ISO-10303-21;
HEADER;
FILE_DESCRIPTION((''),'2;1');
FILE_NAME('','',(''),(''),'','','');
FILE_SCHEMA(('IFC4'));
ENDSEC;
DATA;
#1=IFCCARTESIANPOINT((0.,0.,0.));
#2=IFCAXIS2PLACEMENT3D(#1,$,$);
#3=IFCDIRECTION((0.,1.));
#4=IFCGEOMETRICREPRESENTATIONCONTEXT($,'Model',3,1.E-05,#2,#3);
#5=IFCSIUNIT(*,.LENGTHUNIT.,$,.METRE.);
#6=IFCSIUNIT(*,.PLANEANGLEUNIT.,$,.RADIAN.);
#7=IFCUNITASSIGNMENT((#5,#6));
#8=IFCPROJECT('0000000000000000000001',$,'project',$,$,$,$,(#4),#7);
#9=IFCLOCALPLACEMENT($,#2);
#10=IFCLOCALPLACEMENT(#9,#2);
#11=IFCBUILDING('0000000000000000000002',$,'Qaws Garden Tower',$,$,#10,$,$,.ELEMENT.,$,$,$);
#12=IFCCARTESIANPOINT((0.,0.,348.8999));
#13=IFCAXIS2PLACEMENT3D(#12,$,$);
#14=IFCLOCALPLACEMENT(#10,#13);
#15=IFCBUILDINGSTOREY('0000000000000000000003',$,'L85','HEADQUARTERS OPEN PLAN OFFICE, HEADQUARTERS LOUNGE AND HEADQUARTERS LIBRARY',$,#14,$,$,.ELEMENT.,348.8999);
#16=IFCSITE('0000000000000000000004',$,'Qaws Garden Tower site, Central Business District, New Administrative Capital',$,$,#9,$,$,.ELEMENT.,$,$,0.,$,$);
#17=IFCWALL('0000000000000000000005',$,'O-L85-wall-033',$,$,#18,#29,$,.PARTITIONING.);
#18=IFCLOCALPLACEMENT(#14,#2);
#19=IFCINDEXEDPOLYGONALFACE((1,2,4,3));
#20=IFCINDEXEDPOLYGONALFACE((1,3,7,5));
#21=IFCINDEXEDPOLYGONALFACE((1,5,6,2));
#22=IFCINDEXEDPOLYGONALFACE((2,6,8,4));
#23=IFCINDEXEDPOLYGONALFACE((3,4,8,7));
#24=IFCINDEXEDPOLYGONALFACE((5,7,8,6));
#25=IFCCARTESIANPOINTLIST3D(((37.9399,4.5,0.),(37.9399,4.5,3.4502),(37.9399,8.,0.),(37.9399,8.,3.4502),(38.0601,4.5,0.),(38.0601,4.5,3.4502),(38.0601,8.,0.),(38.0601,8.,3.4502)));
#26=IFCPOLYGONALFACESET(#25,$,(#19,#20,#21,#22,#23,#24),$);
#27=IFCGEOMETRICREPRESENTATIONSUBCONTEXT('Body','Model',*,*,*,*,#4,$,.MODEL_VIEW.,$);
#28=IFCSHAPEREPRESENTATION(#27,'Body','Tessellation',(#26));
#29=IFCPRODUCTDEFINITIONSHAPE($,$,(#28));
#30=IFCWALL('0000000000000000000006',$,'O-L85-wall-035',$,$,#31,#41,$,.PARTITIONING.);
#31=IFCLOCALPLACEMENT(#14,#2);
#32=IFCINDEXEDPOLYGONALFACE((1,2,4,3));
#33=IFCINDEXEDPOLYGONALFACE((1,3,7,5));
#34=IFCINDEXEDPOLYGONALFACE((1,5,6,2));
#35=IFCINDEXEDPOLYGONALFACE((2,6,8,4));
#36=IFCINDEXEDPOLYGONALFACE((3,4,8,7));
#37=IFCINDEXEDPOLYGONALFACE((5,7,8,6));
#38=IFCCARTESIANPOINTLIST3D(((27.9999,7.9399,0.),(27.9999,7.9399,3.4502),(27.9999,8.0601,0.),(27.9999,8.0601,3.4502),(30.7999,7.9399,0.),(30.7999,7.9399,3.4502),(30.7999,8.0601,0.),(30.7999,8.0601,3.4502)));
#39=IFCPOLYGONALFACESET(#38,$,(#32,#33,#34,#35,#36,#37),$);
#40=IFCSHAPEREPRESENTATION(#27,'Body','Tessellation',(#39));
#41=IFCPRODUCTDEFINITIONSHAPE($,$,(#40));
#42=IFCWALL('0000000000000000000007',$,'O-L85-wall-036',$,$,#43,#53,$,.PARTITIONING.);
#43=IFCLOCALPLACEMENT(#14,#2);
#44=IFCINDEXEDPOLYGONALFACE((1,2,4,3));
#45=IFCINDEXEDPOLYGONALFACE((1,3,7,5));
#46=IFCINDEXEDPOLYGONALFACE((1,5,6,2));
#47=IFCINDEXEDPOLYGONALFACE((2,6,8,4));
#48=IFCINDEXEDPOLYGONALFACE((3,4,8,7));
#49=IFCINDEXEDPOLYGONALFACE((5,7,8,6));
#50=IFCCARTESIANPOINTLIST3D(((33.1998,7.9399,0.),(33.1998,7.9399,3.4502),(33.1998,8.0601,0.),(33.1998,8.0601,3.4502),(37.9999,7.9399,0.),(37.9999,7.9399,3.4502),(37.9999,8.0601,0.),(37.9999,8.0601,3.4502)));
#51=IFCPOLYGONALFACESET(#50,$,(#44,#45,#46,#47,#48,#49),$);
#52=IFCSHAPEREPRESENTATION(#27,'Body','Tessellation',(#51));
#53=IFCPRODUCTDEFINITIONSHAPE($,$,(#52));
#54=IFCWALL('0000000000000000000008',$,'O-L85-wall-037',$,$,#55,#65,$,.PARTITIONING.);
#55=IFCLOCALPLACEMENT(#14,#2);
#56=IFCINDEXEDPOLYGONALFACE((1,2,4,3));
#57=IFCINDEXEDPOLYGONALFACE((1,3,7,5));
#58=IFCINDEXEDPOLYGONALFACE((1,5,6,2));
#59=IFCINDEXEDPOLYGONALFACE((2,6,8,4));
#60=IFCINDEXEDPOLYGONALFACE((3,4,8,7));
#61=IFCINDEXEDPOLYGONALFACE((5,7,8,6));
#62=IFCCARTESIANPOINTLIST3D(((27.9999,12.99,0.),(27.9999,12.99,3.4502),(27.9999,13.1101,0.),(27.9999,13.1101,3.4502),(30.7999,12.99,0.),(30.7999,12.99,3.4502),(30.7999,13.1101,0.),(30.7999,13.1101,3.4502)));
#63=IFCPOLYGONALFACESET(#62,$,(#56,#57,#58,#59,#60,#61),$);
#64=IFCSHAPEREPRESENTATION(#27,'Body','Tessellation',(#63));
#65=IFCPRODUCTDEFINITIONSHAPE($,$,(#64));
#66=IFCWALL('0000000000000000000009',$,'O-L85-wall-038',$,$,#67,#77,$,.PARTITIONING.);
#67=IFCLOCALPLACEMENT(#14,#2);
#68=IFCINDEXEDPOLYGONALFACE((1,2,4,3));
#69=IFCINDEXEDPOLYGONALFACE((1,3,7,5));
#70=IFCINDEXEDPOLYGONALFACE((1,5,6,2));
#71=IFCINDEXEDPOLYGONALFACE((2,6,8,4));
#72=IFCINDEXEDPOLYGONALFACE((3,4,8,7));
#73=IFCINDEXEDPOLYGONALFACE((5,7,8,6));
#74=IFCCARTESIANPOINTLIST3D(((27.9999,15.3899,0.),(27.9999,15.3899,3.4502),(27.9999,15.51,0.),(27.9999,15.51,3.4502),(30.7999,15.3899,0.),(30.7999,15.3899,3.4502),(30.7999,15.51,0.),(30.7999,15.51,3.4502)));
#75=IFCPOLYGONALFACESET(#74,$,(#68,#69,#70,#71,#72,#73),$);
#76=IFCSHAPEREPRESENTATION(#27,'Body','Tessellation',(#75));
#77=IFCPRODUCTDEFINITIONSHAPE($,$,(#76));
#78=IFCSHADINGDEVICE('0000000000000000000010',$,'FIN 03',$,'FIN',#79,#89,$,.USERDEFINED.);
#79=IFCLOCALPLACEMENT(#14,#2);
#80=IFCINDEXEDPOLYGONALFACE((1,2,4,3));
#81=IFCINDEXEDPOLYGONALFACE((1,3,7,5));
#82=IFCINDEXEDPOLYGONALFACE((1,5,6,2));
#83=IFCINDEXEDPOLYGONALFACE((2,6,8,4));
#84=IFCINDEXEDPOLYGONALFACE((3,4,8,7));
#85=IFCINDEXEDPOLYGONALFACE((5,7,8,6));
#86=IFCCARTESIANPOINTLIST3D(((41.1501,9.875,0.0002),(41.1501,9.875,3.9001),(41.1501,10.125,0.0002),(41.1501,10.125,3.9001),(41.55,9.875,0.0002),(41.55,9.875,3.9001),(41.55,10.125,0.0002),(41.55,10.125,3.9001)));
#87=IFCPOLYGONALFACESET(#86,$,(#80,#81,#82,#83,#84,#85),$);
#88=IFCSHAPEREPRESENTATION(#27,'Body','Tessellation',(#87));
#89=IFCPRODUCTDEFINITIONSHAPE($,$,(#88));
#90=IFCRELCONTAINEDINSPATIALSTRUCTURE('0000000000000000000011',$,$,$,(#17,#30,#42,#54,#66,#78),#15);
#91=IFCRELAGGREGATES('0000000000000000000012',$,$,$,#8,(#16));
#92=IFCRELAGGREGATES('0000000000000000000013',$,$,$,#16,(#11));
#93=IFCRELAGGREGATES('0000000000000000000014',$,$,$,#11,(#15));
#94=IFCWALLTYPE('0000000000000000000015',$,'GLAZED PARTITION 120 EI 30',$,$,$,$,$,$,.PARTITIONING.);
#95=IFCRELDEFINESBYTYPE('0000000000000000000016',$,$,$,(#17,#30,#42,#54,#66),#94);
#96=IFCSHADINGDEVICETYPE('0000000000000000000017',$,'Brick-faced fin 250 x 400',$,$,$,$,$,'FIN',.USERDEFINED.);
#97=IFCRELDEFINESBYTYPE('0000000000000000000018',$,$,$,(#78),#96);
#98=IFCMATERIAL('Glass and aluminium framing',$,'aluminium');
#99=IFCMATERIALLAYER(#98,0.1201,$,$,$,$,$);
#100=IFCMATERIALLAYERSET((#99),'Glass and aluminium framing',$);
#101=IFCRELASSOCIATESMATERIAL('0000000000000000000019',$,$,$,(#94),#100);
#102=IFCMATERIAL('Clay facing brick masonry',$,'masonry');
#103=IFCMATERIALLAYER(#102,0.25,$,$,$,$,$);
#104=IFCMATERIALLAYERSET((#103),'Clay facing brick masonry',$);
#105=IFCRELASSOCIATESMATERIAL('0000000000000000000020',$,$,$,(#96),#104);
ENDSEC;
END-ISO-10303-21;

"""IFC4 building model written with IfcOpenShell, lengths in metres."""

from ifc_helpers import new_model, si_unit, direction, frame, frame_2d, origin, origin_2d, place, context, subcontext, project, spatial, rectangle, extrude, material, layer, layer_set, type_object, element, save


model = new_model("IFC4")

# Units and contexts
model_context = context("Model", 3, precision=1e-05, world=origin(), true_north=direction((0.0, 1.0)))
body_context = subcontext(model_context, "Body", "Model", "MODEL_VIEW")
ifc_project = project(units=[si_unit("LENGTHUNIT", "METRE"), si_unit("PLANEANGLEUNIT", "RADIAN")], contexts=[model_context])

# Site, building, storey
site_placement = place(None, origin())
site = spatial("IfcSite", under=ifc_project, at=site_placement, Name="Qaws Garden Tower site, Central Business District, New Administrative Capital", CompositionType="ELEMENT", RefElevation=0.0)
building_placement = place(site_placement, origin())
building = spatial("IfcBuilding", under=site, at=building_placement, Name="Qaws Garden Tower", CompositionType="ELEMENT")
storey_placement = place(building_placement, frame((0.0, 0.0, 348.8999)))
storey = spatial("IfcBuildingStorey", under=building, at=storey_placement, Name="L85", Description="HEADQUARTERS OPEN PLAN OFFICE, HEADQUARTERS LOUNGE AND HEADQUARTERS LIBRARY", CompositionType="ELEMENT", Elevation=348.8999)

# Shared definitions
ifc_material_1 = material(Name="Glass and aluminium framing", Category="aluminium")
ifc_layer_1 = layer(ifc_material_1, 0.1201)
ifc_layer_set_1 = layer_set([ifc_layer_1], Name="Glass and aluminium framing")
wall_type_1 = type_object("IfcWallType", Name="GLAZED PARTITION 120 EI 30", PredefinedType="PARTITIONING", material=ifc_layer_set_1)

# Walls
wall_1_placement = place(storey_placement, frame((38.0, 4.5, 0.0), z_axis=(0.0, 0.0, 1.0), x_axis=(0.0, 1.0, 0.0)))
element("IfcWall", 1, at=wall_1_placement, inside=storey, type_object=wall_type_1, Name="O-L85-wall-033", PredefinedType="PARTITIONING", context=body_context, shape_type="SweptSolid", body=[
    extrude(rectangle(XDim=3.5, YDim=0.1201, at=frame_2d((1.75, 0.0))), origin(), (0.0, 0.0, 1.0), 3.4502),
])
wall_2_placement = place(storey_placement, frame((28.0, 8.0, 0.0), z_axis=(0.0, 0.0, 1.0), x_axis=(1.0, 0.0, 0.0)))
element("IfcWall", 2, at=wall_2_placement, inside=storey, type_object=wall_type_1, Name="O-L85-wall-035", PredefinedType="PARTITIONING", context=body_context, shape_type="SweptSolid", body=[
    extrude(rectangle(XDim=2.8, YDim=0.1201, at=frame_2d((1.3999, 0.0))), origin(), (0.0, 0.0, 1.0), 3.4502),
])
wall_3_placement = place(storey_placement, frame((33.2, 8.0, 0.0), z_axis=(0.0, 0.0, 1.0), x_axis=(1.0, 0.0, 0.0)))
element("IfcWall", 3, at=wall_3_placement, inside=storey, type_object=wall_type_1, Name="O-L85-wall-036", PredefinedType="PARTITIONING", context=body_context, shape_type="SweptSolid", body=[
    extrude(rectangle(XDim=4.8, YDim=0.1201, at=frame_2d((2.3999, 0.0))), origin(), (0.0, 0.0, 1.0), 3.4502),
])
for number, where, z_axis, x_axis, name in (
    (4, (28.0, 13.05, 0.0), (0.0, 0.0, 1.0), (1.0, 0.0, 0.0), "O-L85-wall-037"),
    (5, (28.0, 15.45, 0.0), (0.0, 0.0, 1.0), (1.0, 0.0, 0.0), "O-L85-wall-038"),
):
    element("IfcWall", number, at=place(storey_placement, frame(where, z_axis=z_axis, x_axis=x_axis)), inside=storey, type_object=wall_type_1, Name=name, PredefinedType="PARTITIONING", context=body_context, shape_type="SweptSolid", body=[
        extrude(rectangle(XDim=2.8, YDim=0.1201, at=frame_2d((1.3999, 0.0))), origin(), (0.0, 0.0, 1.0), 3.4502),
    ])

# Shading device
ifc_material_2 = material(Name="Clay facing brick masonry", Category="masonry")
ifc_layer_2 = layer(ifc_material_2, 0.25)
ifc_layer_set_2 = layer_set([ifc_layer_2], Name="Clay facing brick masonry")
shading_device_type = type_object("IfcShadingDeviceType", Name="Brick-faced fin 250 x 400", ElementType="FIN", PredefinedType="USERDEFINED", material=ifc_layer_set_2)
shading_device_placement = place(storey_placement, frame((41.3501, 10.0, 0.0002), z_axis=(0.0, 0.0, 1.0), x_axis=(0.0, 1.0, 0.0)))
element("IfcShadingDevice", 6, at=shading_device_placement, inside=storey, type_object=shading_device_type, Name="FIN 03", ObjectType="FIN", PredefinedType="USERDEFINED", context=body_context, shape_type="SweptSolid", body=[
    extrude(rectangle(XDim=0.25, YDim=0.3999, at=origin_2d()), origin(), (0.0, 0.0, 1.0), 3.8999),
])

save(model, "model.ifc")
